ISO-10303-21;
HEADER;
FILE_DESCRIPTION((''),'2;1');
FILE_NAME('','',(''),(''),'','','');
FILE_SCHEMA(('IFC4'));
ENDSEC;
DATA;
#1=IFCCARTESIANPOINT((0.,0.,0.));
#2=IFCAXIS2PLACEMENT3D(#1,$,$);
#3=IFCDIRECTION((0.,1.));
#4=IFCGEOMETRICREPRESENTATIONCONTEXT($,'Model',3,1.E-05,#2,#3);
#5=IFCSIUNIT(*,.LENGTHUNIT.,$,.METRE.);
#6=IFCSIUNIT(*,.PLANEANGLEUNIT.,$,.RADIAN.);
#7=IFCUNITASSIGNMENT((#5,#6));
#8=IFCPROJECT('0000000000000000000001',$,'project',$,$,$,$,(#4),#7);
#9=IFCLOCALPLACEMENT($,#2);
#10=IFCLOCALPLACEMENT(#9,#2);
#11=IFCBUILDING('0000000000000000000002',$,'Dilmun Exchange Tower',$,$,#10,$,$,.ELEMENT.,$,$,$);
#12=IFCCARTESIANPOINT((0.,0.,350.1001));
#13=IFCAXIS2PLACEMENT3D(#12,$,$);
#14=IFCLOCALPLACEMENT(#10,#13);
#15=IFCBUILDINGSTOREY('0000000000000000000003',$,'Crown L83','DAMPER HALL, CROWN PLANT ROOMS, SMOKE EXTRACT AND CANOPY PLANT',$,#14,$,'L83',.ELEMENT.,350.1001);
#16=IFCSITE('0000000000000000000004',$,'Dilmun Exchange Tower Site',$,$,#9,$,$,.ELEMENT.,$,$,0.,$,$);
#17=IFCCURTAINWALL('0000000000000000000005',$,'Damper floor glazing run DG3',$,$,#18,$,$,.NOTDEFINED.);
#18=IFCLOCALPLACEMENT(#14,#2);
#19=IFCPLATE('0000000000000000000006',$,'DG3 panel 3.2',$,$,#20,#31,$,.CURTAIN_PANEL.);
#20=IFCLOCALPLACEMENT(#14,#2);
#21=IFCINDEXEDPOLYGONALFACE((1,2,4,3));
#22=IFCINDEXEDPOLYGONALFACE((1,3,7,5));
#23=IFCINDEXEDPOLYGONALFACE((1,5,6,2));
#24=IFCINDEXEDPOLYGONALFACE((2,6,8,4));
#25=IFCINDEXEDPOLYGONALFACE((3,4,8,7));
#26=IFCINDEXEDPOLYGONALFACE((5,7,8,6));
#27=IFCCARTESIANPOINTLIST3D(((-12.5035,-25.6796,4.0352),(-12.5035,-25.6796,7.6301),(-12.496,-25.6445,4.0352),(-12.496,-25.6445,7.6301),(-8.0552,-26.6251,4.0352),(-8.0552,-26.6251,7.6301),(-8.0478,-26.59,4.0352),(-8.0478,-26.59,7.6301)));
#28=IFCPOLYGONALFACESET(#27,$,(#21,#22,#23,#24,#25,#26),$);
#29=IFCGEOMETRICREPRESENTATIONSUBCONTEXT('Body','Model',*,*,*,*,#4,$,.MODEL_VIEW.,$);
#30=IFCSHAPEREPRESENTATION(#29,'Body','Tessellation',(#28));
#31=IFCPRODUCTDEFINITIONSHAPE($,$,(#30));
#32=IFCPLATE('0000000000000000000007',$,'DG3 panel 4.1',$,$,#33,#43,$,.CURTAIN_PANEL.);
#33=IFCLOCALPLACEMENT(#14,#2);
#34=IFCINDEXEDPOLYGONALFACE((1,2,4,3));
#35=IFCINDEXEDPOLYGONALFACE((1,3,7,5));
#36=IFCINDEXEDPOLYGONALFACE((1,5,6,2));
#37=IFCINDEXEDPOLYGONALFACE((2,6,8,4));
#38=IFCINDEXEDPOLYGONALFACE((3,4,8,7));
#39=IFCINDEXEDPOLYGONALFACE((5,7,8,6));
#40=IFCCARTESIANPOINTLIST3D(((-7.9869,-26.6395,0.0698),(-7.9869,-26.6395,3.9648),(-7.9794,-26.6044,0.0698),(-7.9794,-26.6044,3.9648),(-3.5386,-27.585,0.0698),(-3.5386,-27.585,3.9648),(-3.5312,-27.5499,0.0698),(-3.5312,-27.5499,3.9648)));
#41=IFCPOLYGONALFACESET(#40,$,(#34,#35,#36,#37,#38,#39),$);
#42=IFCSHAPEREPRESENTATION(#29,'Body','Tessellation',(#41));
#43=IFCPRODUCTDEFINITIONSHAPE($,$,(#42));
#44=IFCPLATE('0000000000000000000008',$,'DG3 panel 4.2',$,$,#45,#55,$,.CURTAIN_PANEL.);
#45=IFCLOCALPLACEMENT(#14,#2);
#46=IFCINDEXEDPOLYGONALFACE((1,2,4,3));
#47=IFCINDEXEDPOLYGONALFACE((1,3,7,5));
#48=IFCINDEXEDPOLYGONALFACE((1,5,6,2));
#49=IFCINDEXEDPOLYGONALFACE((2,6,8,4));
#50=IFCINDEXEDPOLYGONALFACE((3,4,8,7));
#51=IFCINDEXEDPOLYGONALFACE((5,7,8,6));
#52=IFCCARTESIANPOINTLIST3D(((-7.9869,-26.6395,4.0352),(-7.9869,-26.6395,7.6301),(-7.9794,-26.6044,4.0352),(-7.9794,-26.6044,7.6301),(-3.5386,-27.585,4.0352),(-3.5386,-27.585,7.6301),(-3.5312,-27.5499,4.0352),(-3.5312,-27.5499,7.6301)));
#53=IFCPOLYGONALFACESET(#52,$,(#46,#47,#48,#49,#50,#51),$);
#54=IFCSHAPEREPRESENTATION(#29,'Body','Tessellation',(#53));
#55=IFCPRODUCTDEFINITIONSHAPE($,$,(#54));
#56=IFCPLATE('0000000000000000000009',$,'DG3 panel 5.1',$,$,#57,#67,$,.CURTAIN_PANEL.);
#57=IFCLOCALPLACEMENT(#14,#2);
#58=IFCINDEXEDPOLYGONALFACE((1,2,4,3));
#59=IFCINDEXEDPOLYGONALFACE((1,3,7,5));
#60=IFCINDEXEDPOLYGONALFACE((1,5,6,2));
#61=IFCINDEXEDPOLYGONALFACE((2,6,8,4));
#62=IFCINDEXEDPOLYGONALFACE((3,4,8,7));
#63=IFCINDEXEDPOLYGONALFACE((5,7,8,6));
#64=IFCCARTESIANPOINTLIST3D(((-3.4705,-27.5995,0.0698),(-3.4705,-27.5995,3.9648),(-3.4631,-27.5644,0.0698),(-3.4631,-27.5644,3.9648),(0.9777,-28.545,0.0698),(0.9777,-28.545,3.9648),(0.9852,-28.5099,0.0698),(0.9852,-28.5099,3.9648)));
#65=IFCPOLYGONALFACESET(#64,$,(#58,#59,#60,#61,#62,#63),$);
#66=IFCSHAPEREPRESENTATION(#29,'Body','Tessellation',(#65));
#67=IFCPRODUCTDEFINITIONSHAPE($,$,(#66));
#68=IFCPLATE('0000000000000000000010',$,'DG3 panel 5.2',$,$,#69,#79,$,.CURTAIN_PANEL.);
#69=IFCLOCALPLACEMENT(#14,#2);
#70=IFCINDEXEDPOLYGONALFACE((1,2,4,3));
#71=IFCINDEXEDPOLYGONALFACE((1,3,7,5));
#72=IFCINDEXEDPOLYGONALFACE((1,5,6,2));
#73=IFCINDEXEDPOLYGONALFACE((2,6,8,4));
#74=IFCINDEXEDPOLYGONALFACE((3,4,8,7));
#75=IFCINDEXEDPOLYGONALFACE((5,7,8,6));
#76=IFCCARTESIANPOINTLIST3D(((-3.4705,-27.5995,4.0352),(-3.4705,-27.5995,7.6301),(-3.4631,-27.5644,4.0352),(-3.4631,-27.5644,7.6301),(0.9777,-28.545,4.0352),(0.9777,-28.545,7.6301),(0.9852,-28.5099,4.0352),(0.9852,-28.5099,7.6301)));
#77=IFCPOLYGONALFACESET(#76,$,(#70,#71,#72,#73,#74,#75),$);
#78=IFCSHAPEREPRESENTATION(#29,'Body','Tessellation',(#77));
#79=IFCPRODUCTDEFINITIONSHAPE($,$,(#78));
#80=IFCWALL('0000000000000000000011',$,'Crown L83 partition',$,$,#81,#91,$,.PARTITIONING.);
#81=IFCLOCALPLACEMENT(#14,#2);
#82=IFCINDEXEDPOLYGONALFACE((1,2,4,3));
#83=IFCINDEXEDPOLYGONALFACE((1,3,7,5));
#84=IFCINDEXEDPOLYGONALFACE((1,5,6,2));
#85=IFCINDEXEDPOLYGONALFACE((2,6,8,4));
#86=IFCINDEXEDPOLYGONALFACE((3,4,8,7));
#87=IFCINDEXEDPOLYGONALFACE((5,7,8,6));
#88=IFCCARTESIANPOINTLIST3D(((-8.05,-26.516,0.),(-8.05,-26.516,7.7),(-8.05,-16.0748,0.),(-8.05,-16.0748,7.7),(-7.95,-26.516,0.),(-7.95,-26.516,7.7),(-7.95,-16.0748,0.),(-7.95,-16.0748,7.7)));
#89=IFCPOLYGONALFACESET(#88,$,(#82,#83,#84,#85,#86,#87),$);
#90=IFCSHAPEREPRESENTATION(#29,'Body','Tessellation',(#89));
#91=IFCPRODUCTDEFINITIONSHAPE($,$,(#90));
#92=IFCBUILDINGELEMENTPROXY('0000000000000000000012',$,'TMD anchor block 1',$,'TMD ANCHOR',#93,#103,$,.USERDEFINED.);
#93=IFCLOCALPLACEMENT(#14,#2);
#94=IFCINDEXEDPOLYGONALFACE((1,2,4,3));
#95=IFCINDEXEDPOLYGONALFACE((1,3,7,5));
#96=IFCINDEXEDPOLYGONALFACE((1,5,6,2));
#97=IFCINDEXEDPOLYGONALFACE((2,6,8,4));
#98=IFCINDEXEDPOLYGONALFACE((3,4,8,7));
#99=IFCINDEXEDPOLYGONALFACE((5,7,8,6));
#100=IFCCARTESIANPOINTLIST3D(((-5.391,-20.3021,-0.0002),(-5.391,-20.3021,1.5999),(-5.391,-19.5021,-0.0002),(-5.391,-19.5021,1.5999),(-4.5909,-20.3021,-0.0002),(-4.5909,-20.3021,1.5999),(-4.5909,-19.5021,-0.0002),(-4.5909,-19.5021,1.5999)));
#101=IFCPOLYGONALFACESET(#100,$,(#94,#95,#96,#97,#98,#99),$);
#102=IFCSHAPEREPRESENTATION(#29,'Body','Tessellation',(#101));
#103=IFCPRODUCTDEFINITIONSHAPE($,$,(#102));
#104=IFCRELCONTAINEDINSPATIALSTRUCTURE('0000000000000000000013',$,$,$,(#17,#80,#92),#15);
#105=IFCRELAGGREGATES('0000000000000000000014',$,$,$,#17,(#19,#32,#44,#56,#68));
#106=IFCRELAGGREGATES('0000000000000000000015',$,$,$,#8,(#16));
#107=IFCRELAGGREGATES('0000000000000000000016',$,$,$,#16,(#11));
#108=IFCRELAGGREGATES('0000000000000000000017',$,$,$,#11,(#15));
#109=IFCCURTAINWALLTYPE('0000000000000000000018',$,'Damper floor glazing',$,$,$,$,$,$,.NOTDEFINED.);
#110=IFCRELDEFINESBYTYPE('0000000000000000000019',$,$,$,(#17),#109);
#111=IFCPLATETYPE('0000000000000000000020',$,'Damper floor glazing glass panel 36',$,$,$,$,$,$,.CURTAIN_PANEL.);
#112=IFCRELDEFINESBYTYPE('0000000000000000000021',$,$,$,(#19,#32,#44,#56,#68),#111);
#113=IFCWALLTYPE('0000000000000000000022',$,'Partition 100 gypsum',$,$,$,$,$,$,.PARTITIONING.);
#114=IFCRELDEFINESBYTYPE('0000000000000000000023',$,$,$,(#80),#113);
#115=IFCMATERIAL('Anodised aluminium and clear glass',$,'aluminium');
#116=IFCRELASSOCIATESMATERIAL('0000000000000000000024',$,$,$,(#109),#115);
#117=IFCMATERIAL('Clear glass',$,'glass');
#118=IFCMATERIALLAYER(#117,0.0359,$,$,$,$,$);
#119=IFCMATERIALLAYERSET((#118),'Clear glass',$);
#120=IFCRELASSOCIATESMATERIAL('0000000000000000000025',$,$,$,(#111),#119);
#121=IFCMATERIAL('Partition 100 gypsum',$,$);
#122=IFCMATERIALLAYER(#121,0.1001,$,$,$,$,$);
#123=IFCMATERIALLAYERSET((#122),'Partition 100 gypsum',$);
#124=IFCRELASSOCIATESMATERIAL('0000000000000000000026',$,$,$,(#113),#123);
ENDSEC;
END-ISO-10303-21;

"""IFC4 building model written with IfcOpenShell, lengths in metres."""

from ifc_helpers import new_model, si_unit, direction, frame, frame_2d, origin, origin_2d, place, context, subcontext, project, spatial, rectangle, extrude, material, layer, layer_set, type_object, element, aggregate, save


model = new_model("IFC4")

# Units and contexts
model_context = context("Model", 3, precision=1e-05, world=origin(), true_north=direction((0.0, 1.0)))
body_context = subcontext(model_context, "Body", "Model", "MODEL_VIEW")
ifc_project = project(units=[si_unit("LENGTHUNIT", "METRE"), si_unit("PLANEANGLEUNIT", "RADIAN")], contexts=[model_context])

# Site, building, storey
site_placement = place(None, origin())
site = spatial("IfcSite", under=ifc_project, at=site_placement, Name="Dilmun Exchange Tower Site", CompositionType="ELEMENT", RefElevation=0.0)
building_placement = place(site_placement, origin())
building = spatial("IfcBuilding", under=site, at=building_placement, Name="Dilmun Exchange Tower", CompositionType="ELEMENT")
storey_placement = place(building_placement, frame((0.0, 0.0, 350.1001)))
storey = spatial("IfcBuildingStorey", under=building, at=storey_placement, Name="Crown L83", Description="DAMPER HALL, CROWN PLANT ROOMS, SMOKE EXTRACT AND CANOPY PLANT", LongName="L83", CompositionType="ELEMENT", Elevation=350.1001)

# Curtain wall
ifc_material_1 = material(Name="Anodised aluminium and clear glass", Category="aluminium")
curtain_wall_type = type_object("IfcCurtainWallType", Name="Damper floor glazing", PredefinedType="NOTDEFINED", material=ifc_material_1)
curtain_wall_placement = place(storey_placement, origin())
curtain_wall = element("IfcCurtainWall", 1, at=curtain_wall_placement, inside=storey, type_object=curtain_wall_type, Name="Damper floor glazing run DG3", PredefinedType="NOTDEFINED")

# Plates
ifc_material_2 = material(Name="Clear glass", Category="glass")
ifc_layer_1 = layer(ifc_material_2, 0.0359)
ifc_layer_set_1 = layer_set([ifc_layer_1], Name="Clear glass")
plate_type = type_object("IfcPlateType", Name="Damper floor glazing glass panel 36", PredefinedType="CURTAIN_PANEL", material=ifc_layer_set_1)
plate_1_placement = place(storey_placement, frame((-10.2756, -26.1348, 4.0352), z_axis=(0.0, 0.0, 1.0), x_axis=(0.978148, -0.207911, 0.0)))
plate_1 = element("IfcPlate", 2, at=plate_1_placement, type_object=plate_type, Name="DG3 panel 3.2", PredefinedType="CURTAIN_PANEL", context=body_context, shape_type="SweptSolid", body=[
    extrude(rectangle(XDim=4.5476, YDim=0.0359, at=origin_2d()), origin(), (0.0, 0.0, 1.0), 3.595),
])
plate_2_placement = place(storey_placement, frame((-5.759, -27.0947, 0.0698), z_axis=(0.0, 0.0, 1.0), x_axis=(0.978148, -0.207911, 0.0)))
plate_2 = element("IfcPlate", 3, at=plate_2_placement, type_object=plate_type, Name="DG3 panel 4.1", PredefinedType="CURTAIN_PANEL", context=body_context, shape_type="SweptSolid", body=[
    extrude(rectangle(XDim=4.5476, YDim=0.0359, at=origin_2d()), origin(), (0.0, 0.0, 1.0), 3.895),
])
plate_3_placement = place(storey_placement, frame((-5.759, -27.0947, 4.0352), z_axis=(0.0, 0.0, 1.0), x_axis=(0.978148, -0.207911, 0.0)))
plate_3 = element("IfcPlate", 4, at=plate_3_placement, type_object=plate_type, Name="DG3 panel 4.2", PredefinedType="CURTAIN_PANEL", context=body_context, shape_type="SweptSolid", body=[
    extrude(rectangle(XDim=4.5476, YDim=0.0359, at=origin_2d()), origin(), (0.0, 0.0, 1.0), 3.595),
])
plate_4_placement = place(storey_placement, frame((-1.2427, -28.0547, 0.0698), z_axis=(0.0, 0.0, 1.0), x_axis=(0.978148, -0.207911, 0.0)))
plate_4 = element("IfcPlate", 5, at=plate_4_placement, type_object=plate_type, Name="DG3 panel 5.1", PredefinedType="CURTAIN_PANEL", context=body_context, shape_type="SweptSolid", body=[
    extrude(rectangle(XDim=4.5476, YDim=0.0359, at=origin_2d()), origin(), (0.0, 0.0, 1.0), 3.895),
])
plate_5_placement = place(storey_placement, frame((-1.2427, -28.0547, 4.0352), z_axis=(0.0, 0.0, 1.0), x_axis=(0.978148, -0.207911, 0.0)))
plate_5 = element("IfcPlate", 6, at=plate_5_placement, type_object=plate_type, Name="DG3 panel 5.2", PredefinedType="CURTAIN_PANEL", context=body_context, shape_type="SweptSolid", body=[
    extrude(rectangle(XDim=4.5476, YDim=0.0359, at=origin_2d()), origin(), (0.0, 0.0, 1.0), 3.595),
])
aggregate(curtain_wall, [plate_1, plate_2, plate_3, plate_4, plate_5])

# Wall
ifc_material_3 = material(Name="Partition 100 gypsum")
ifc_layer_2 = layer(ifc_material_3, 0.1001)
ifc_layer_set_2 = layer_set([ifc_layer_2], Name="Partition 100 gypsum")
wall_type = type_object("IfcWallType", Name="Partition 100 gypsum", PredefinedType="PARTITIONING", material=ifc_layer_set_2)
wall_placement = place(storey_placement, frame((-8.0, -26.5161, 0.0), z_axis=(0.0, 0.0, 1.0), x_axis=(0.0, 1.0, 0.0)))
element("IfcWall", 7, at=wall_placement, inside=storey, type_object=wall_type, Name="Crown L83 partition", PredefinedType="PARTITIONING", context=body_context, shape_type="SweptSolid", body=[
    extrude(rectangle(XDim=10.4412, YDim=0.1001, at=frame_2d((5.2207, 0.0))), origin(), (0.0, 0.0, 1.0), 7.7),
])

# Building element proxy
proxy_placement = place(storey_placement, frame((-4.991, -19.9021, -0.0002), z_axis=(0.0, 0.0, 1.0), x_axis=(1.0, 0.0, 0.0)))
element("IfcBuildingElementProxy", 8, at=proxy_placement, inside=storey, Name="TMD anchor block 1", ObjectType="TMD ANCHOR", PredefinedType="USERDEFINED", context=body_context, shape_type="SweptSolid", body=[
    extrude(rectangle(XDim=0.8, YDim=0.8, at=origin_2d()), origin(), (0.0, 0.0, 1.0), 1.6001),
])

save(model, "model.ifc")
